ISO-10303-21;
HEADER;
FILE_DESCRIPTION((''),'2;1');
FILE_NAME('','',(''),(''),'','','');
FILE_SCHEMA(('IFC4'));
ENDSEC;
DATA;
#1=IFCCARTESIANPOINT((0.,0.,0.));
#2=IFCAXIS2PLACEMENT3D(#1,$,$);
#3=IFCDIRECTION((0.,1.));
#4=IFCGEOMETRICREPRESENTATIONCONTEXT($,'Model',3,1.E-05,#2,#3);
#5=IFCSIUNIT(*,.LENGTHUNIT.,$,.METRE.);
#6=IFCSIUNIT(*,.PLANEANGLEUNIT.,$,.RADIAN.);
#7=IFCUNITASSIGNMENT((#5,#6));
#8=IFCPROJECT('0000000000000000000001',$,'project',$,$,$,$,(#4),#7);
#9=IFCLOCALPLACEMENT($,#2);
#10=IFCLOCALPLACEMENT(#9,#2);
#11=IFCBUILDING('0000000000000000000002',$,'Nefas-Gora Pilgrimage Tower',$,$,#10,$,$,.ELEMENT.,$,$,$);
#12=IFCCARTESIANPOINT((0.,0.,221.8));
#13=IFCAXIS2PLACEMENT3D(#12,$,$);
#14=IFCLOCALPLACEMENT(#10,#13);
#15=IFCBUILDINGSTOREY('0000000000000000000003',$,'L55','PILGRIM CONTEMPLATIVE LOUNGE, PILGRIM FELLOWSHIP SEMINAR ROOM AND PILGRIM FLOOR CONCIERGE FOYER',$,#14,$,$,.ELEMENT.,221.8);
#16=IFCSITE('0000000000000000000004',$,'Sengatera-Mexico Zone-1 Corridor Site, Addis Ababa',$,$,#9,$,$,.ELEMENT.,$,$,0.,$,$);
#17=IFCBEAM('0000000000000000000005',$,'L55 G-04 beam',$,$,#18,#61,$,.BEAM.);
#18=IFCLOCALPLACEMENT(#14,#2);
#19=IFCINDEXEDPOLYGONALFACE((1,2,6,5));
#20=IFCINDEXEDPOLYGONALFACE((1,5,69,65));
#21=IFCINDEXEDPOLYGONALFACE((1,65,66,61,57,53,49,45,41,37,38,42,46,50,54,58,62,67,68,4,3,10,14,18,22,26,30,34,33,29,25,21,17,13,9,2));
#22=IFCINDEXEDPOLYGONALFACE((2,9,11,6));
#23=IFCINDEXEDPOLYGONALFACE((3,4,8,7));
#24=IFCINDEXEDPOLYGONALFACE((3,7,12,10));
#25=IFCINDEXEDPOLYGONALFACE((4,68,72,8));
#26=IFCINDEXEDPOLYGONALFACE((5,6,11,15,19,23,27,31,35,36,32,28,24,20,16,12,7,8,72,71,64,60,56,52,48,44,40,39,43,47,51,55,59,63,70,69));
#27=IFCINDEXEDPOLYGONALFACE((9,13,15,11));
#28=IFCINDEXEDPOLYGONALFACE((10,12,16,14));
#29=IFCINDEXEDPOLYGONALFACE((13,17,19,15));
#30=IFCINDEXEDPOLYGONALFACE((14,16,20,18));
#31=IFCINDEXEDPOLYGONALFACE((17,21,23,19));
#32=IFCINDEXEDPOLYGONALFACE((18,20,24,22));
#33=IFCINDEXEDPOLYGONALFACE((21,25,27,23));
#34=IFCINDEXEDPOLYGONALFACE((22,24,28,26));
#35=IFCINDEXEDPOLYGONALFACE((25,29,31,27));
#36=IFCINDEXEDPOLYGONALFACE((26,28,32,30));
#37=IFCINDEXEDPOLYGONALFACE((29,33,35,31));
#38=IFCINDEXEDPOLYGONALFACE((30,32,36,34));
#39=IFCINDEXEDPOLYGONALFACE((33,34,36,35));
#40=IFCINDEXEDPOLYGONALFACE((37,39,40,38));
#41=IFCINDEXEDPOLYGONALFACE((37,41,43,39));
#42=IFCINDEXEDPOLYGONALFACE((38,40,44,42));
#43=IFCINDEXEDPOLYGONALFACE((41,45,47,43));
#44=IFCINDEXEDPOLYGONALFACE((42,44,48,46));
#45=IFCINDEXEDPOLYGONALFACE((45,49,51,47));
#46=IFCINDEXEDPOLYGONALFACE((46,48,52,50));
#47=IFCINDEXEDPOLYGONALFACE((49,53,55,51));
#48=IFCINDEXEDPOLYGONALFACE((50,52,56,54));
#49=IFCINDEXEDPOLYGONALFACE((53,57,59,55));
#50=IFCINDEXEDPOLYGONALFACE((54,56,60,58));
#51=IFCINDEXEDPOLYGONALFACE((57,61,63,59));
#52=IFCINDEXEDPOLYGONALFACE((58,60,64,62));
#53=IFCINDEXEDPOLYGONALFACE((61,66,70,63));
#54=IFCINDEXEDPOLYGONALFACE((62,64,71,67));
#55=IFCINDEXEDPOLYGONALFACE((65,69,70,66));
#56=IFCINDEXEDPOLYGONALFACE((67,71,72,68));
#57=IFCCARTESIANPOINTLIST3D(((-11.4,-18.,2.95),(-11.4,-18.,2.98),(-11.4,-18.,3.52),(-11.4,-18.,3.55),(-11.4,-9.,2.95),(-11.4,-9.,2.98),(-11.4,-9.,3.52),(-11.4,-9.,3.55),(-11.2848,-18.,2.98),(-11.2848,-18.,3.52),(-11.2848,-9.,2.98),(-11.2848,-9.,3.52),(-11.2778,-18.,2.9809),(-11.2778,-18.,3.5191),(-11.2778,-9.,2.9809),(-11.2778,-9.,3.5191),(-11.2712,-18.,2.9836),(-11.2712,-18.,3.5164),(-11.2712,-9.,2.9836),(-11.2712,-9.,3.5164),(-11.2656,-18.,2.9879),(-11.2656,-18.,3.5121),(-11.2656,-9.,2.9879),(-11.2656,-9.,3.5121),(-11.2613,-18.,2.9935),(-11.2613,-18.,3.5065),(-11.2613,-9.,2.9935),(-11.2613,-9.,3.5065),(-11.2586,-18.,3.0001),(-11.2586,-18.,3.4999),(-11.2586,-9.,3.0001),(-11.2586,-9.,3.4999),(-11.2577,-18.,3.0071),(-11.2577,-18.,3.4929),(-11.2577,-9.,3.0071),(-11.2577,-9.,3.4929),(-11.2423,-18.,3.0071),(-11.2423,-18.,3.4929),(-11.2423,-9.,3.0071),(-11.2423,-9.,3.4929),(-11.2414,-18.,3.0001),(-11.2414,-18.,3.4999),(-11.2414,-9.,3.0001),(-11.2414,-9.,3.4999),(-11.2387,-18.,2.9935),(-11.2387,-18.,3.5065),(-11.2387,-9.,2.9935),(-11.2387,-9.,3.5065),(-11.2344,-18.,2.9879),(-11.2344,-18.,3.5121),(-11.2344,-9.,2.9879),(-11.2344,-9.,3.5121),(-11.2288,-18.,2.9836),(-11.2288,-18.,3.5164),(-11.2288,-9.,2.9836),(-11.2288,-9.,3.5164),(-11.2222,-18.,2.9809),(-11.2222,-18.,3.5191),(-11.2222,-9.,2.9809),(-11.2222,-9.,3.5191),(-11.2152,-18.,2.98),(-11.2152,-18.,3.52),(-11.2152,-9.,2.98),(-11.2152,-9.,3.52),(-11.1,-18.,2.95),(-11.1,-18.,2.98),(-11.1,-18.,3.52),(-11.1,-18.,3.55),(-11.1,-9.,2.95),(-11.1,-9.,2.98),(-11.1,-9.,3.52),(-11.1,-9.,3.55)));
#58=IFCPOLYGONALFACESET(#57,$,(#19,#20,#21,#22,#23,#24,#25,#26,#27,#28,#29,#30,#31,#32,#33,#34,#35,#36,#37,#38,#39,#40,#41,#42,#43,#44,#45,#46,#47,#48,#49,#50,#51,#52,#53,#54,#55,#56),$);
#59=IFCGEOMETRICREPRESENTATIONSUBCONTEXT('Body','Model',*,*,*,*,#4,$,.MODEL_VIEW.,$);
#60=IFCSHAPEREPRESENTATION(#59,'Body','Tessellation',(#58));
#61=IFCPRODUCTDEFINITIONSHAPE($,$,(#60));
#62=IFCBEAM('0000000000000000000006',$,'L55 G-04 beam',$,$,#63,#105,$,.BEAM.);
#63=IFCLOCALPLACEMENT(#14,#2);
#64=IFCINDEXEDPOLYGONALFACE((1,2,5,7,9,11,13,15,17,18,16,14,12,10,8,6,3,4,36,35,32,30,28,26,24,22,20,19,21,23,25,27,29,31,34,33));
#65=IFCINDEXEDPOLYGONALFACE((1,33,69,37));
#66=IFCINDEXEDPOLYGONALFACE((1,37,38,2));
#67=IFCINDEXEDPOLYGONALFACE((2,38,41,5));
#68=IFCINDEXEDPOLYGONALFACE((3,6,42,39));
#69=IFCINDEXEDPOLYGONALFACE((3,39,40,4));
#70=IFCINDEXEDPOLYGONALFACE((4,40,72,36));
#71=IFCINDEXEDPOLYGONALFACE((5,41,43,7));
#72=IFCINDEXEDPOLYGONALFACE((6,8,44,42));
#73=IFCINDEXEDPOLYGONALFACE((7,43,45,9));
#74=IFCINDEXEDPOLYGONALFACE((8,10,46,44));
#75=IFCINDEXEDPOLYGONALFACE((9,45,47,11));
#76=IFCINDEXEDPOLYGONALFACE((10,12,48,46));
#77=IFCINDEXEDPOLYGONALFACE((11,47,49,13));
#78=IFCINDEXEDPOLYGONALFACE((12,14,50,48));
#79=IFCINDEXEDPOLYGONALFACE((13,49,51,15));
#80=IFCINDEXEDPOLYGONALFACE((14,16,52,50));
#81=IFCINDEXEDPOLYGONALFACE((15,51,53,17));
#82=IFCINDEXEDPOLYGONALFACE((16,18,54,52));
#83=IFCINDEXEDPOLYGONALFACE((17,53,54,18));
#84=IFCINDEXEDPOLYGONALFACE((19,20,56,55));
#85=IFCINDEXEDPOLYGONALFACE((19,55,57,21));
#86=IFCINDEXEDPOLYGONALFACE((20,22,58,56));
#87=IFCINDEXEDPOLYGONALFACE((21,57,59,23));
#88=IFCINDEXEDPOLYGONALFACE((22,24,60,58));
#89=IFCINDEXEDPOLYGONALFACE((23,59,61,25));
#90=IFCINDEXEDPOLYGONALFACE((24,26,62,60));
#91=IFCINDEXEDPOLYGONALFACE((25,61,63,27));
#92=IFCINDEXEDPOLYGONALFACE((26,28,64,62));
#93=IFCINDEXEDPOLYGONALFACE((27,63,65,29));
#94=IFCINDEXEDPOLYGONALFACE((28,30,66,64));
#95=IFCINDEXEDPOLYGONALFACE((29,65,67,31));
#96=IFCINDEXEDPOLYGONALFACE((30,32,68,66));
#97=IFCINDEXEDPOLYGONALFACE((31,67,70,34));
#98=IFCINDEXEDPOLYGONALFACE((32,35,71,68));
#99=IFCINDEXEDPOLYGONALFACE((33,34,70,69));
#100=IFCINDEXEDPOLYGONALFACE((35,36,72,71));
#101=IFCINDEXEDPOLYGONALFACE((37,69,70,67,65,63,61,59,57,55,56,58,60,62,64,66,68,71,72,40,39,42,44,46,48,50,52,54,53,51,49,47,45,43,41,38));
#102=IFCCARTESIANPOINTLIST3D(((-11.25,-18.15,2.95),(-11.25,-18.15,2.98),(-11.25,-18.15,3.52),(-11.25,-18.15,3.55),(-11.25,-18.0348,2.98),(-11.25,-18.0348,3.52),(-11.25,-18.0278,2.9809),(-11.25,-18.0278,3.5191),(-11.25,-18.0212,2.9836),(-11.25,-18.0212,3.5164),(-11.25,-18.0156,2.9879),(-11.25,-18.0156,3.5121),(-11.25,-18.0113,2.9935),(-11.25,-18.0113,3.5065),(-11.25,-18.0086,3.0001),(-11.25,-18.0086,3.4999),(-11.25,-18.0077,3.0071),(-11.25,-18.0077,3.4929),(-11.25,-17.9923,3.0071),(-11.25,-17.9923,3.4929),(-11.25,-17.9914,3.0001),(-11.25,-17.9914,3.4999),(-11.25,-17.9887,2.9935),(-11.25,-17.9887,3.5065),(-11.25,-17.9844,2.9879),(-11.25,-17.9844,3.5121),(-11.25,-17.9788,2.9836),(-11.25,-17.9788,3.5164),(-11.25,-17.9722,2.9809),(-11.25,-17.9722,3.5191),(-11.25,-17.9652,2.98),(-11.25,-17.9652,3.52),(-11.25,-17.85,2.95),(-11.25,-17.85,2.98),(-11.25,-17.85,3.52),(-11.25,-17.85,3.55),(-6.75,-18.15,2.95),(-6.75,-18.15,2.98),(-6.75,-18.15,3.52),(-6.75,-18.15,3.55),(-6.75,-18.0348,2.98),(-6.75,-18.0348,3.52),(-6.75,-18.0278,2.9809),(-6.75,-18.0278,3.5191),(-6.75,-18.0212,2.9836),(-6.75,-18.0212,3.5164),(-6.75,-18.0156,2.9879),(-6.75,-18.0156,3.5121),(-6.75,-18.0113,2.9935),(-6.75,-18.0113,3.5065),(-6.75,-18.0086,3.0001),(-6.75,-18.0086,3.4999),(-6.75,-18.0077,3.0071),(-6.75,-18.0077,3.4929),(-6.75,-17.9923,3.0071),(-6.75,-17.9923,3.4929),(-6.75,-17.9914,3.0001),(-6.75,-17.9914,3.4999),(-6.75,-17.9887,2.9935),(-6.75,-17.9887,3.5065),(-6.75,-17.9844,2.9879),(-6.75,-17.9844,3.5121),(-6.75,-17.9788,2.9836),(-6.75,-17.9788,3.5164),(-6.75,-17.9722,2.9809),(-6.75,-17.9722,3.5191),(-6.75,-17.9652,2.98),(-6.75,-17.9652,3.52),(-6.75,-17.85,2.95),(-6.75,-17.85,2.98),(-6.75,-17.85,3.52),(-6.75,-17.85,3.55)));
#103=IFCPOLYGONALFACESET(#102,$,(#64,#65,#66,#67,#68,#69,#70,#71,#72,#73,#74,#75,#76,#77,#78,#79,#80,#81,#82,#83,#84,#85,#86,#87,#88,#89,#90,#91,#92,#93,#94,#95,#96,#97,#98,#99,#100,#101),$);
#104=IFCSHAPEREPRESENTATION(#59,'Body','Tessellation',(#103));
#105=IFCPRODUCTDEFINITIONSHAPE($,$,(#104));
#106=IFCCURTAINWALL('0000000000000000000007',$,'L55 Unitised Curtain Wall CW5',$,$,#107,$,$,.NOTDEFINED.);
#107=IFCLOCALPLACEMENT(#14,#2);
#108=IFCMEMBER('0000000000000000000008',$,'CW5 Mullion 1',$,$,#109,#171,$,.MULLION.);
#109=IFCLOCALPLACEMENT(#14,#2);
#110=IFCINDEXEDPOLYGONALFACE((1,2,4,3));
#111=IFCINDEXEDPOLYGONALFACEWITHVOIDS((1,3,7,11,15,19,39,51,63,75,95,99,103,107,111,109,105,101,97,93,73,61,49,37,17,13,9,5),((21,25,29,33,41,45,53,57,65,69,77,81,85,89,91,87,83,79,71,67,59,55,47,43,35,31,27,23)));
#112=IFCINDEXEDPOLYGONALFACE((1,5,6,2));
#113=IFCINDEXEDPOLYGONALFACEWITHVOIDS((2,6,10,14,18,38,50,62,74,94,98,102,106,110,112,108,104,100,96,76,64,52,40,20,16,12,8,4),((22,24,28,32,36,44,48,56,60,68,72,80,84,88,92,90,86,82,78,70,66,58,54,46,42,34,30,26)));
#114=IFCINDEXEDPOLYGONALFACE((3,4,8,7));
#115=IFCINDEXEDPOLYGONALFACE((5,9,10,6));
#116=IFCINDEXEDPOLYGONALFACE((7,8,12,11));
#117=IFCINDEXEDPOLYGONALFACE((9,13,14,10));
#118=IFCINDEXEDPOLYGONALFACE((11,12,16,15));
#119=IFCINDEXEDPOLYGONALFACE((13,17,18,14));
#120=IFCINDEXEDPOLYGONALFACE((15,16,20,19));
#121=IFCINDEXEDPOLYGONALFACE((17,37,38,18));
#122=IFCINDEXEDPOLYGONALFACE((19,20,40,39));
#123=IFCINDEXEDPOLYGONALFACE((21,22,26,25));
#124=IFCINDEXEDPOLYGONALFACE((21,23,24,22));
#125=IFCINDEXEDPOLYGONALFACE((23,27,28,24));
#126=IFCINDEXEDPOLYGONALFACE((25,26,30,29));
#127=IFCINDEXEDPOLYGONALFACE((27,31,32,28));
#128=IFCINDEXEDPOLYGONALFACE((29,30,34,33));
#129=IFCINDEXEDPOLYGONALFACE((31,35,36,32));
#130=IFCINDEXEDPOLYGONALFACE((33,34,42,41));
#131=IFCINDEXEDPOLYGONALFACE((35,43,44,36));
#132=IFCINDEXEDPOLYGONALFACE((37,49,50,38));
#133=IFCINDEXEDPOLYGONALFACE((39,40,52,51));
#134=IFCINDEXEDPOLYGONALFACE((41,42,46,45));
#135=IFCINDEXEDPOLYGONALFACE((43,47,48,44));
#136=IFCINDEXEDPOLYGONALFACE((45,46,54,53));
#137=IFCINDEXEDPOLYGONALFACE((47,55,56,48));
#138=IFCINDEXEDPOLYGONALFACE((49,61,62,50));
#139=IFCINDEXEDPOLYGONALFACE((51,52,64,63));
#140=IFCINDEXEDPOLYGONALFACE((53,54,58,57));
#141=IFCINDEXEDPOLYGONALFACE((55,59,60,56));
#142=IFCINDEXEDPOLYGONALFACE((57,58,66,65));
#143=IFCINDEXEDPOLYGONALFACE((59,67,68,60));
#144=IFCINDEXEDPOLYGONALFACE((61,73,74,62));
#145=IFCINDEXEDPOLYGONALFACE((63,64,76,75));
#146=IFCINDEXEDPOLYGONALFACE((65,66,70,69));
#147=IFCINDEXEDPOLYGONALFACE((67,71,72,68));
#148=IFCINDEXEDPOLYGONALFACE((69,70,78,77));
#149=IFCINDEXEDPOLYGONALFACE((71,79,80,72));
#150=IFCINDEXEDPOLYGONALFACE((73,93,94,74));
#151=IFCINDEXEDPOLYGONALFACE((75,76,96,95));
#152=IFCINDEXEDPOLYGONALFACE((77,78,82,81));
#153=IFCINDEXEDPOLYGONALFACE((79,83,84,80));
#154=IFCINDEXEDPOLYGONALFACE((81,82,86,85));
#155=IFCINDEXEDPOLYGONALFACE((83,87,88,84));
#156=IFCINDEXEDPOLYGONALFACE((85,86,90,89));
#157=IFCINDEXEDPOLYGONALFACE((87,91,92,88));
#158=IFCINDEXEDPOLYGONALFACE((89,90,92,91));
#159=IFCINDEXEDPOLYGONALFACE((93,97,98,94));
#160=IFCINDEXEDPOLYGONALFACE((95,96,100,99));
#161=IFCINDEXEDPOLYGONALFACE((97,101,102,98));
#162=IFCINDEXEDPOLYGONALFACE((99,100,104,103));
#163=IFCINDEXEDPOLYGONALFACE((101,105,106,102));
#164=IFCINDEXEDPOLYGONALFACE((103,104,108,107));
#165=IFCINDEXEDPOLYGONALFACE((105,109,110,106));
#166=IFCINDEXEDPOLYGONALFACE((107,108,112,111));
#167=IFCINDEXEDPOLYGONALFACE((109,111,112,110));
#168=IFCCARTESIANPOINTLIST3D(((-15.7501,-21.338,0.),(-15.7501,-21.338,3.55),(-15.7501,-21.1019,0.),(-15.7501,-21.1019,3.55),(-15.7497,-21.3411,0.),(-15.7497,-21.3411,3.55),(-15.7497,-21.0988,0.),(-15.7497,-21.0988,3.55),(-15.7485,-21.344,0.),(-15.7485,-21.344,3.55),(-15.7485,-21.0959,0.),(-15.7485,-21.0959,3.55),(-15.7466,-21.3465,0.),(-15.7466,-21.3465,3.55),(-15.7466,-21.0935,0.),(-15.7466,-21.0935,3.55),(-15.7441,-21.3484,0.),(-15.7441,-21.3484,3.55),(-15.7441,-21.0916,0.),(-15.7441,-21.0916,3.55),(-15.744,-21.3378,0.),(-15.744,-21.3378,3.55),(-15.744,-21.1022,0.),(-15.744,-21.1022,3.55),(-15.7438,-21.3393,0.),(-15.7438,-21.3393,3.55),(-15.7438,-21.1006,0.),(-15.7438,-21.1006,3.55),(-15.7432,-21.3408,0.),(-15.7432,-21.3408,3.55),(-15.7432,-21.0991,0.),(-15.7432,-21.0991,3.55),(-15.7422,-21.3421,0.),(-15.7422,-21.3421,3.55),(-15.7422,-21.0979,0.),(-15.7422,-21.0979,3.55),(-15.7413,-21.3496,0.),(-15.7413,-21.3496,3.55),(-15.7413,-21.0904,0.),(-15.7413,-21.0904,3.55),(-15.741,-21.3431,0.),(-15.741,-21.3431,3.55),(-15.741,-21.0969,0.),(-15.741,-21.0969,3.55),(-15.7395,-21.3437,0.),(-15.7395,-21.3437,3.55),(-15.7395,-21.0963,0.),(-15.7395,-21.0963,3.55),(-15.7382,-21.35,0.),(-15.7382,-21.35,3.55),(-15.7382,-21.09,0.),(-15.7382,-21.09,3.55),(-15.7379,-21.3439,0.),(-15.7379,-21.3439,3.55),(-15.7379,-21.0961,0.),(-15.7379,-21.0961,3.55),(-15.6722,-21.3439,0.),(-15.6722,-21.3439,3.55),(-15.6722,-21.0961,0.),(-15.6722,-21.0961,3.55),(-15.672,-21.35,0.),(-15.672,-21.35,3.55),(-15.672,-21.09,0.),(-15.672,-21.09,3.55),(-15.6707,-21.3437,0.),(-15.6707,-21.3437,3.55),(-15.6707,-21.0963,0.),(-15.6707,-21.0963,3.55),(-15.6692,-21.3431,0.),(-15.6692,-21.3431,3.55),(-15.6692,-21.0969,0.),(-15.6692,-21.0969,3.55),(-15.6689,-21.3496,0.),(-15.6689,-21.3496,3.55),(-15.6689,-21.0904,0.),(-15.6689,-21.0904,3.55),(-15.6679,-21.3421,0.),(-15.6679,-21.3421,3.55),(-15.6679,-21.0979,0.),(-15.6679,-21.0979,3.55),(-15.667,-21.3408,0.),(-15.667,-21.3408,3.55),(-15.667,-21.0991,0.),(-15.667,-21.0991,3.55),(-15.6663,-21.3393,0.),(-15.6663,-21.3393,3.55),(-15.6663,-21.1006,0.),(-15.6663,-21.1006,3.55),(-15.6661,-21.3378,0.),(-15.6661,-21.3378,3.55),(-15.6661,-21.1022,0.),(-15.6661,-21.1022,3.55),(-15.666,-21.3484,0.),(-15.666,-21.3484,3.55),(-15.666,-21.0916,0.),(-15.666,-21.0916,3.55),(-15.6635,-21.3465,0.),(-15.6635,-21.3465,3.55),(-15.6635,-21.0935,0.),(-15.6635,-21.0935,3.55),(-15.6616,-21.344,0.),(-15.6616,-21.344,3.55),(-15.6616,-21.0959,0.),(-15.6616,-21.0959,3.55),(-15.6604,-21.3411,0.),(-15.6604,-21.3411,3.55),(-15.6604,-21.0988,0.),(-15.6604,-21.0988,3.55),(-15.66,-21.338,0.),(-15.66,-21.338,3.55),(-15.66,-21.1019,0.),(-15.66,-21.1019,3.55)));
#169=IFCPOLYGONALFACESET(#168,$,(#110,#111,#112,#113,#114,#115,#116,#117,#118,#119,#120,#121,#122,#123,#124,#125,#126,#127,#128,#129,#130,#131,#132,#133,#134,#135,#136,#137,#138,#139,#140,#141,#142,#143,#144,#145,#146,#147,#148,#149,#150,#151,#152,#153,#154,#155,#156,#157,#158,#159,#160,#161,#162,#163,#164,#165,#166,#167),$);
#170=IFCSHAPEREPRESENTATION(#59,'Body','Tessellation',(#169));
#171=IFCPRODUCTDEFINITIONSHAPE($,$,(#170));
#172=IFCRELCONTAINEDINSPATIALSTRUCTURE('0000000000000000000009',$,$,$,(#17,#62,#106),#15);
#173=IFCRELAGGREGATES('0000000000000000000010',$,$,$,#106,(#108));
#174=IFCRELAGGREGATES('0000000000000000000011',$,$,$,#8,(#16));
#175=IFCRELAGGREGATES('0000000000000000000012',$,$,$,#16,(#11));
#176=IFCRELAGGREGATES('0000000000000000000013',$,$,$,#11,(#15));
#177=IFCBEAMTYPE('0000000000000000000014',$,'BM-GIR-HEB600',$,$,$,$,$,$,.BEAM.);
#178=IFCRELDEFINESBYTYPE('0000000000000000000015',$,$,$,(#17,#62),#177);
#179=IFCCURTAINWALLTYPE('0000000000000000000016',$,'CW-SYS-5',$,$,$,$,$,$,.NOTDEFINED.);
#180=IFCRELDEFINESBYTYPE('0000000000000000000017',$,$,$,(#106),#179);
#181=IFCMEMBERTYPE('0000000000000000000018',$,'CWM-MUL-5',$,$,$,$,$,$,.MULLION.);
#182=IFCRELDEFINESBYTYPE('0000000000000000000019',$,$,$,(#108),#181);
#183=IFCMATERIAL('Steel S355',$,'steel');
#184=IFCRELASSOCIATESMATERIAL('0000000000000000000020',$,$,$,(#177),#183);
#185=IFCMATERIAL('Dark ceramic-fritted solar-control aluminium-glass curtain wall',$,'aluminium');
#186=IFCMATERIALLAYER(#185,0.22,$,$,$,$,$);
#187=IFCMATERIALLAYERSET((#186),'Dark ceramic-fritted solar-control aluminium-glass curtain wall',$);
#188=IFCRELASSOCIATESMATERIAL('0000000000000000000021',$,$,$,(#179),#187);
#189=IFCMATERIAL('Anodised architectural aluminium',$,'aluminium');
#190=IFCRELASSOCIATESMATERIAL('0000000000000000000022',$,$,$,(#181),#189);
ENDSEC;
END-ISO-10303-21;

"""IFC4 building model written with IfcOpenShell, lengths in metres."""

from ifc_helpers import new_model, si_unit, direction, frame, origin, origin_2d, place, context, subcontext, project, spatial, hollow_rectangle, i_section, extrude, source, transform, mapped, material, layer, layer_set, material_profile, profile_set, type_object, element, aggregate, save


model = new_model("IFC4")

# Units and contexts
model_context = context("Model", 3, precision=1e-05, world=origin(), true_north=direction((0.0, 1.0)))
body_context = subcontext(model_context, "Body", "Model", "MODEL_VIEW")
ifc_project = project(units=[si_unit("LENGTHUNIT", "METRE"), si_unit("PLANEANGLEUNIT", "RADIAN")], contexts=[model_context])

# Site, building, storey
site_placement = place(None, origin())
site = spatial("IfcSite", under=ifc_project, at=site_placement, Name="Sengatera-Mexico Zone-1 Corridor Site, Addis Ababa", CompositionType="ELEMENT", RefElevation=0.0)
building_placement = place(site_placement, origin())
building = spatial("IfcBuilding", under=site, at=building_placement, Name="Nefas-Gora Pilgrimage Tower", CompositionType="ELEMENT")
storey_placement = place(building_placement, frame((0.0, 0.0, 221.8)))
storey = spatial("IfcBuildingStorey", under=building, at=storey_placement, Name="L55", Description="PILGRIM CONTEMPLATIVE LOUNGE, PILGRIM FELLOWSHIP SEMINAR ROOM AND PILGRIM FLOOR CONCIERGE FOYER", CompositionType="ELEMENT", Elevation=221.8)

# Beams
ifc_material_1 = material(Name="Steel S355", Category="steel")
ifc_material_profile_1 = material_profile(ifc_material_1, i_section(OverallWidth=0.3, OverallDepth=0.6001, WebThickness=0.0154, FlangeThickness=0.03, FilletRadius=0.0271, at=origin_2d()), Name="HEB 600")
ifc_profile_set_1 = profile_set([ifc_material_profile_1], Name="Steel S355")
beam_type_1 = type_object("IfcBeamType", Name="BM-GIR-HEB600", PredefinedType="BEAM", material=ifc_profile_set_1)
shared_shape_1 = source(origin(), body_context, "Body", "SweptSolid", [
    extrude(i_section(OverallWidth=0.3, OverallDepth=0.6001, WebThickness=0.0154, FlangeThickness=0.03, FilletRadius=0.0271, at=origin_2d()), origin(), (0.0, 0.0, 1.0), 9.0),
])
for number, where, z_axis, x_axis, name in (
    (1, (-11.25, -18.0, 3.25), (0.0, 1.0, 0.0), (-1.0, 0.0, 0.0), "L55 G-04 beam"),
):
    element("IfcBeam", number, at=place(storey_placement, frame(where, z_axis=z_axis, x_axis=x_axis)), inside=storey, type_object=beam_type_1, Name=name, PredefinedType="BEAM", context=body_context, shape_type="MappedRepresentation", body=[
        mapped(shared_shape_1, transform((0.0, 0.0, 0.0), x_axis=(1.0, 0.0, 0.0), y_axis=(0.0, 1.0, 0.0), z_axis=(0.0, 0.0, 1.0), scale=1.0)),
    ])
shared_shape_2 = source(origin(), body_context, "Body", "SweptSolid", [
    extrude(i_section(OverallWidth=0.3, OverallDepth=0.6001, WebThickness=0.0154, FlangeThickness=0.03, FilletRadius=0.0271, at=origin_2d()), origin(), (0.0, 0.0, 1.0), 4.5),
])
beam_1_placement = place(storey_placement, frame((-11.25, -18.0, 3.25), z_axis=(1.0, 0.0, 0.0), x_axis=(0.0, 1.0, 0.0)))
element("IfcBeam", 2, at=beam_1_placement, inside=storey, type_object=beam_type_1, Name="L55 G-04 beam", PredefinedType="BEAM", context=body_context, shape_type="MappedRepresentation", body=[
    mapped(shared_shape_2, transform((0.0, 0.0, 0.0), x_axis=(1.0, 0.0, 0.0), y_axis=(0.0, 1.0, 0.0), z_axis=(0.0, 0.0, 1.0), scale=1.0)),
])

# Curtain wall, member
ifc_material_2 = material(Name="Dark ceramic-fritted solar-control aluminium-glass curtain wall", Category="aluminium")
ifc_layer_1 = layer(ifc_material_2, 0.22)
ifc_layer_set_1 = layer_set([ifc_layer_1], Name="Dark ceramic-fritted solar-control aluminium-glass curtain wall")
curtain_wall_type_1 = type_object("IfcCurtainWallType", Name="CW-SYS-5", PredefinedType="NOTDEFINED", material=ifc_layer_set_1)
curtain_wall_1_placement = place(storey_placement, origin())
curtain_wall_1 = element("IfcCurtainWall", 3, at=curtain_wall_1_placement, inside=storey, type_object=curtain_wall_type_1, Name="L55 Unitised Curtain Wall CW5", PredefinedType="NOTDEFINED")
ifc_material_3 = material(Name="Anodised architectural aluminium", Category="aluminium")
ifc_material_profile_2 = material_profile(ifc_material_3, hollow_rectangle(XDim=0.0901, YDim=0.26, WallThickness=0.0061, InnerFilletRadius=0.0061, OuterFilletRadius=0.012, at=origin_2d()), Name="ALU MULLION 90x260")
ifc_profile_set_2 = profile_set([ifc_material_profile_2], Name="Anodised architectural aluminium")
member_type_1 = type_object("IfcMemberType", Name="CWM-MUL-5", PredefinedType="MULLION", material=ifc_profile_set_2)
shared_shape_3 = source(origin(), body_context, "Body", "SweptSolid", [
    extrude(hollow_rectangle(XDim=0.0901, YDim=0.26, WallThickness=0.0061, InnerFilletRadius=0.0061, OuterFilletRadius=0.012, at=origin_2d()), origin(), (0.0, 0.0, 1.0), 3.55),
])
member_1_placement = place(storey_placement, frame((-15.7051, -21.22, 0.0), z_axis=(0.0, 0.0, 1.0), x_axis=(1.0, 0.0, 0.0)))
member_1 = element("IfcMember", 4, at=member_1_placement, type_object=member_type_1, Name="CW5 Mullion 1", PredefinedType="MULLION", context=body_context, shape_type="MappedRepresentation", body=[
    mapped(shared_shape_3, transform((0.0, 0.0, 0.0), x_axis=(1.0, 0.0, 0.0), y_axis=(0.0, 1.0, 0.0), z_axis=(0.0, 0.0, 1.0), scale=1.0)),
])

aggregate(curtain_wall_1, [member_1])

save(model, "model.ifc")
